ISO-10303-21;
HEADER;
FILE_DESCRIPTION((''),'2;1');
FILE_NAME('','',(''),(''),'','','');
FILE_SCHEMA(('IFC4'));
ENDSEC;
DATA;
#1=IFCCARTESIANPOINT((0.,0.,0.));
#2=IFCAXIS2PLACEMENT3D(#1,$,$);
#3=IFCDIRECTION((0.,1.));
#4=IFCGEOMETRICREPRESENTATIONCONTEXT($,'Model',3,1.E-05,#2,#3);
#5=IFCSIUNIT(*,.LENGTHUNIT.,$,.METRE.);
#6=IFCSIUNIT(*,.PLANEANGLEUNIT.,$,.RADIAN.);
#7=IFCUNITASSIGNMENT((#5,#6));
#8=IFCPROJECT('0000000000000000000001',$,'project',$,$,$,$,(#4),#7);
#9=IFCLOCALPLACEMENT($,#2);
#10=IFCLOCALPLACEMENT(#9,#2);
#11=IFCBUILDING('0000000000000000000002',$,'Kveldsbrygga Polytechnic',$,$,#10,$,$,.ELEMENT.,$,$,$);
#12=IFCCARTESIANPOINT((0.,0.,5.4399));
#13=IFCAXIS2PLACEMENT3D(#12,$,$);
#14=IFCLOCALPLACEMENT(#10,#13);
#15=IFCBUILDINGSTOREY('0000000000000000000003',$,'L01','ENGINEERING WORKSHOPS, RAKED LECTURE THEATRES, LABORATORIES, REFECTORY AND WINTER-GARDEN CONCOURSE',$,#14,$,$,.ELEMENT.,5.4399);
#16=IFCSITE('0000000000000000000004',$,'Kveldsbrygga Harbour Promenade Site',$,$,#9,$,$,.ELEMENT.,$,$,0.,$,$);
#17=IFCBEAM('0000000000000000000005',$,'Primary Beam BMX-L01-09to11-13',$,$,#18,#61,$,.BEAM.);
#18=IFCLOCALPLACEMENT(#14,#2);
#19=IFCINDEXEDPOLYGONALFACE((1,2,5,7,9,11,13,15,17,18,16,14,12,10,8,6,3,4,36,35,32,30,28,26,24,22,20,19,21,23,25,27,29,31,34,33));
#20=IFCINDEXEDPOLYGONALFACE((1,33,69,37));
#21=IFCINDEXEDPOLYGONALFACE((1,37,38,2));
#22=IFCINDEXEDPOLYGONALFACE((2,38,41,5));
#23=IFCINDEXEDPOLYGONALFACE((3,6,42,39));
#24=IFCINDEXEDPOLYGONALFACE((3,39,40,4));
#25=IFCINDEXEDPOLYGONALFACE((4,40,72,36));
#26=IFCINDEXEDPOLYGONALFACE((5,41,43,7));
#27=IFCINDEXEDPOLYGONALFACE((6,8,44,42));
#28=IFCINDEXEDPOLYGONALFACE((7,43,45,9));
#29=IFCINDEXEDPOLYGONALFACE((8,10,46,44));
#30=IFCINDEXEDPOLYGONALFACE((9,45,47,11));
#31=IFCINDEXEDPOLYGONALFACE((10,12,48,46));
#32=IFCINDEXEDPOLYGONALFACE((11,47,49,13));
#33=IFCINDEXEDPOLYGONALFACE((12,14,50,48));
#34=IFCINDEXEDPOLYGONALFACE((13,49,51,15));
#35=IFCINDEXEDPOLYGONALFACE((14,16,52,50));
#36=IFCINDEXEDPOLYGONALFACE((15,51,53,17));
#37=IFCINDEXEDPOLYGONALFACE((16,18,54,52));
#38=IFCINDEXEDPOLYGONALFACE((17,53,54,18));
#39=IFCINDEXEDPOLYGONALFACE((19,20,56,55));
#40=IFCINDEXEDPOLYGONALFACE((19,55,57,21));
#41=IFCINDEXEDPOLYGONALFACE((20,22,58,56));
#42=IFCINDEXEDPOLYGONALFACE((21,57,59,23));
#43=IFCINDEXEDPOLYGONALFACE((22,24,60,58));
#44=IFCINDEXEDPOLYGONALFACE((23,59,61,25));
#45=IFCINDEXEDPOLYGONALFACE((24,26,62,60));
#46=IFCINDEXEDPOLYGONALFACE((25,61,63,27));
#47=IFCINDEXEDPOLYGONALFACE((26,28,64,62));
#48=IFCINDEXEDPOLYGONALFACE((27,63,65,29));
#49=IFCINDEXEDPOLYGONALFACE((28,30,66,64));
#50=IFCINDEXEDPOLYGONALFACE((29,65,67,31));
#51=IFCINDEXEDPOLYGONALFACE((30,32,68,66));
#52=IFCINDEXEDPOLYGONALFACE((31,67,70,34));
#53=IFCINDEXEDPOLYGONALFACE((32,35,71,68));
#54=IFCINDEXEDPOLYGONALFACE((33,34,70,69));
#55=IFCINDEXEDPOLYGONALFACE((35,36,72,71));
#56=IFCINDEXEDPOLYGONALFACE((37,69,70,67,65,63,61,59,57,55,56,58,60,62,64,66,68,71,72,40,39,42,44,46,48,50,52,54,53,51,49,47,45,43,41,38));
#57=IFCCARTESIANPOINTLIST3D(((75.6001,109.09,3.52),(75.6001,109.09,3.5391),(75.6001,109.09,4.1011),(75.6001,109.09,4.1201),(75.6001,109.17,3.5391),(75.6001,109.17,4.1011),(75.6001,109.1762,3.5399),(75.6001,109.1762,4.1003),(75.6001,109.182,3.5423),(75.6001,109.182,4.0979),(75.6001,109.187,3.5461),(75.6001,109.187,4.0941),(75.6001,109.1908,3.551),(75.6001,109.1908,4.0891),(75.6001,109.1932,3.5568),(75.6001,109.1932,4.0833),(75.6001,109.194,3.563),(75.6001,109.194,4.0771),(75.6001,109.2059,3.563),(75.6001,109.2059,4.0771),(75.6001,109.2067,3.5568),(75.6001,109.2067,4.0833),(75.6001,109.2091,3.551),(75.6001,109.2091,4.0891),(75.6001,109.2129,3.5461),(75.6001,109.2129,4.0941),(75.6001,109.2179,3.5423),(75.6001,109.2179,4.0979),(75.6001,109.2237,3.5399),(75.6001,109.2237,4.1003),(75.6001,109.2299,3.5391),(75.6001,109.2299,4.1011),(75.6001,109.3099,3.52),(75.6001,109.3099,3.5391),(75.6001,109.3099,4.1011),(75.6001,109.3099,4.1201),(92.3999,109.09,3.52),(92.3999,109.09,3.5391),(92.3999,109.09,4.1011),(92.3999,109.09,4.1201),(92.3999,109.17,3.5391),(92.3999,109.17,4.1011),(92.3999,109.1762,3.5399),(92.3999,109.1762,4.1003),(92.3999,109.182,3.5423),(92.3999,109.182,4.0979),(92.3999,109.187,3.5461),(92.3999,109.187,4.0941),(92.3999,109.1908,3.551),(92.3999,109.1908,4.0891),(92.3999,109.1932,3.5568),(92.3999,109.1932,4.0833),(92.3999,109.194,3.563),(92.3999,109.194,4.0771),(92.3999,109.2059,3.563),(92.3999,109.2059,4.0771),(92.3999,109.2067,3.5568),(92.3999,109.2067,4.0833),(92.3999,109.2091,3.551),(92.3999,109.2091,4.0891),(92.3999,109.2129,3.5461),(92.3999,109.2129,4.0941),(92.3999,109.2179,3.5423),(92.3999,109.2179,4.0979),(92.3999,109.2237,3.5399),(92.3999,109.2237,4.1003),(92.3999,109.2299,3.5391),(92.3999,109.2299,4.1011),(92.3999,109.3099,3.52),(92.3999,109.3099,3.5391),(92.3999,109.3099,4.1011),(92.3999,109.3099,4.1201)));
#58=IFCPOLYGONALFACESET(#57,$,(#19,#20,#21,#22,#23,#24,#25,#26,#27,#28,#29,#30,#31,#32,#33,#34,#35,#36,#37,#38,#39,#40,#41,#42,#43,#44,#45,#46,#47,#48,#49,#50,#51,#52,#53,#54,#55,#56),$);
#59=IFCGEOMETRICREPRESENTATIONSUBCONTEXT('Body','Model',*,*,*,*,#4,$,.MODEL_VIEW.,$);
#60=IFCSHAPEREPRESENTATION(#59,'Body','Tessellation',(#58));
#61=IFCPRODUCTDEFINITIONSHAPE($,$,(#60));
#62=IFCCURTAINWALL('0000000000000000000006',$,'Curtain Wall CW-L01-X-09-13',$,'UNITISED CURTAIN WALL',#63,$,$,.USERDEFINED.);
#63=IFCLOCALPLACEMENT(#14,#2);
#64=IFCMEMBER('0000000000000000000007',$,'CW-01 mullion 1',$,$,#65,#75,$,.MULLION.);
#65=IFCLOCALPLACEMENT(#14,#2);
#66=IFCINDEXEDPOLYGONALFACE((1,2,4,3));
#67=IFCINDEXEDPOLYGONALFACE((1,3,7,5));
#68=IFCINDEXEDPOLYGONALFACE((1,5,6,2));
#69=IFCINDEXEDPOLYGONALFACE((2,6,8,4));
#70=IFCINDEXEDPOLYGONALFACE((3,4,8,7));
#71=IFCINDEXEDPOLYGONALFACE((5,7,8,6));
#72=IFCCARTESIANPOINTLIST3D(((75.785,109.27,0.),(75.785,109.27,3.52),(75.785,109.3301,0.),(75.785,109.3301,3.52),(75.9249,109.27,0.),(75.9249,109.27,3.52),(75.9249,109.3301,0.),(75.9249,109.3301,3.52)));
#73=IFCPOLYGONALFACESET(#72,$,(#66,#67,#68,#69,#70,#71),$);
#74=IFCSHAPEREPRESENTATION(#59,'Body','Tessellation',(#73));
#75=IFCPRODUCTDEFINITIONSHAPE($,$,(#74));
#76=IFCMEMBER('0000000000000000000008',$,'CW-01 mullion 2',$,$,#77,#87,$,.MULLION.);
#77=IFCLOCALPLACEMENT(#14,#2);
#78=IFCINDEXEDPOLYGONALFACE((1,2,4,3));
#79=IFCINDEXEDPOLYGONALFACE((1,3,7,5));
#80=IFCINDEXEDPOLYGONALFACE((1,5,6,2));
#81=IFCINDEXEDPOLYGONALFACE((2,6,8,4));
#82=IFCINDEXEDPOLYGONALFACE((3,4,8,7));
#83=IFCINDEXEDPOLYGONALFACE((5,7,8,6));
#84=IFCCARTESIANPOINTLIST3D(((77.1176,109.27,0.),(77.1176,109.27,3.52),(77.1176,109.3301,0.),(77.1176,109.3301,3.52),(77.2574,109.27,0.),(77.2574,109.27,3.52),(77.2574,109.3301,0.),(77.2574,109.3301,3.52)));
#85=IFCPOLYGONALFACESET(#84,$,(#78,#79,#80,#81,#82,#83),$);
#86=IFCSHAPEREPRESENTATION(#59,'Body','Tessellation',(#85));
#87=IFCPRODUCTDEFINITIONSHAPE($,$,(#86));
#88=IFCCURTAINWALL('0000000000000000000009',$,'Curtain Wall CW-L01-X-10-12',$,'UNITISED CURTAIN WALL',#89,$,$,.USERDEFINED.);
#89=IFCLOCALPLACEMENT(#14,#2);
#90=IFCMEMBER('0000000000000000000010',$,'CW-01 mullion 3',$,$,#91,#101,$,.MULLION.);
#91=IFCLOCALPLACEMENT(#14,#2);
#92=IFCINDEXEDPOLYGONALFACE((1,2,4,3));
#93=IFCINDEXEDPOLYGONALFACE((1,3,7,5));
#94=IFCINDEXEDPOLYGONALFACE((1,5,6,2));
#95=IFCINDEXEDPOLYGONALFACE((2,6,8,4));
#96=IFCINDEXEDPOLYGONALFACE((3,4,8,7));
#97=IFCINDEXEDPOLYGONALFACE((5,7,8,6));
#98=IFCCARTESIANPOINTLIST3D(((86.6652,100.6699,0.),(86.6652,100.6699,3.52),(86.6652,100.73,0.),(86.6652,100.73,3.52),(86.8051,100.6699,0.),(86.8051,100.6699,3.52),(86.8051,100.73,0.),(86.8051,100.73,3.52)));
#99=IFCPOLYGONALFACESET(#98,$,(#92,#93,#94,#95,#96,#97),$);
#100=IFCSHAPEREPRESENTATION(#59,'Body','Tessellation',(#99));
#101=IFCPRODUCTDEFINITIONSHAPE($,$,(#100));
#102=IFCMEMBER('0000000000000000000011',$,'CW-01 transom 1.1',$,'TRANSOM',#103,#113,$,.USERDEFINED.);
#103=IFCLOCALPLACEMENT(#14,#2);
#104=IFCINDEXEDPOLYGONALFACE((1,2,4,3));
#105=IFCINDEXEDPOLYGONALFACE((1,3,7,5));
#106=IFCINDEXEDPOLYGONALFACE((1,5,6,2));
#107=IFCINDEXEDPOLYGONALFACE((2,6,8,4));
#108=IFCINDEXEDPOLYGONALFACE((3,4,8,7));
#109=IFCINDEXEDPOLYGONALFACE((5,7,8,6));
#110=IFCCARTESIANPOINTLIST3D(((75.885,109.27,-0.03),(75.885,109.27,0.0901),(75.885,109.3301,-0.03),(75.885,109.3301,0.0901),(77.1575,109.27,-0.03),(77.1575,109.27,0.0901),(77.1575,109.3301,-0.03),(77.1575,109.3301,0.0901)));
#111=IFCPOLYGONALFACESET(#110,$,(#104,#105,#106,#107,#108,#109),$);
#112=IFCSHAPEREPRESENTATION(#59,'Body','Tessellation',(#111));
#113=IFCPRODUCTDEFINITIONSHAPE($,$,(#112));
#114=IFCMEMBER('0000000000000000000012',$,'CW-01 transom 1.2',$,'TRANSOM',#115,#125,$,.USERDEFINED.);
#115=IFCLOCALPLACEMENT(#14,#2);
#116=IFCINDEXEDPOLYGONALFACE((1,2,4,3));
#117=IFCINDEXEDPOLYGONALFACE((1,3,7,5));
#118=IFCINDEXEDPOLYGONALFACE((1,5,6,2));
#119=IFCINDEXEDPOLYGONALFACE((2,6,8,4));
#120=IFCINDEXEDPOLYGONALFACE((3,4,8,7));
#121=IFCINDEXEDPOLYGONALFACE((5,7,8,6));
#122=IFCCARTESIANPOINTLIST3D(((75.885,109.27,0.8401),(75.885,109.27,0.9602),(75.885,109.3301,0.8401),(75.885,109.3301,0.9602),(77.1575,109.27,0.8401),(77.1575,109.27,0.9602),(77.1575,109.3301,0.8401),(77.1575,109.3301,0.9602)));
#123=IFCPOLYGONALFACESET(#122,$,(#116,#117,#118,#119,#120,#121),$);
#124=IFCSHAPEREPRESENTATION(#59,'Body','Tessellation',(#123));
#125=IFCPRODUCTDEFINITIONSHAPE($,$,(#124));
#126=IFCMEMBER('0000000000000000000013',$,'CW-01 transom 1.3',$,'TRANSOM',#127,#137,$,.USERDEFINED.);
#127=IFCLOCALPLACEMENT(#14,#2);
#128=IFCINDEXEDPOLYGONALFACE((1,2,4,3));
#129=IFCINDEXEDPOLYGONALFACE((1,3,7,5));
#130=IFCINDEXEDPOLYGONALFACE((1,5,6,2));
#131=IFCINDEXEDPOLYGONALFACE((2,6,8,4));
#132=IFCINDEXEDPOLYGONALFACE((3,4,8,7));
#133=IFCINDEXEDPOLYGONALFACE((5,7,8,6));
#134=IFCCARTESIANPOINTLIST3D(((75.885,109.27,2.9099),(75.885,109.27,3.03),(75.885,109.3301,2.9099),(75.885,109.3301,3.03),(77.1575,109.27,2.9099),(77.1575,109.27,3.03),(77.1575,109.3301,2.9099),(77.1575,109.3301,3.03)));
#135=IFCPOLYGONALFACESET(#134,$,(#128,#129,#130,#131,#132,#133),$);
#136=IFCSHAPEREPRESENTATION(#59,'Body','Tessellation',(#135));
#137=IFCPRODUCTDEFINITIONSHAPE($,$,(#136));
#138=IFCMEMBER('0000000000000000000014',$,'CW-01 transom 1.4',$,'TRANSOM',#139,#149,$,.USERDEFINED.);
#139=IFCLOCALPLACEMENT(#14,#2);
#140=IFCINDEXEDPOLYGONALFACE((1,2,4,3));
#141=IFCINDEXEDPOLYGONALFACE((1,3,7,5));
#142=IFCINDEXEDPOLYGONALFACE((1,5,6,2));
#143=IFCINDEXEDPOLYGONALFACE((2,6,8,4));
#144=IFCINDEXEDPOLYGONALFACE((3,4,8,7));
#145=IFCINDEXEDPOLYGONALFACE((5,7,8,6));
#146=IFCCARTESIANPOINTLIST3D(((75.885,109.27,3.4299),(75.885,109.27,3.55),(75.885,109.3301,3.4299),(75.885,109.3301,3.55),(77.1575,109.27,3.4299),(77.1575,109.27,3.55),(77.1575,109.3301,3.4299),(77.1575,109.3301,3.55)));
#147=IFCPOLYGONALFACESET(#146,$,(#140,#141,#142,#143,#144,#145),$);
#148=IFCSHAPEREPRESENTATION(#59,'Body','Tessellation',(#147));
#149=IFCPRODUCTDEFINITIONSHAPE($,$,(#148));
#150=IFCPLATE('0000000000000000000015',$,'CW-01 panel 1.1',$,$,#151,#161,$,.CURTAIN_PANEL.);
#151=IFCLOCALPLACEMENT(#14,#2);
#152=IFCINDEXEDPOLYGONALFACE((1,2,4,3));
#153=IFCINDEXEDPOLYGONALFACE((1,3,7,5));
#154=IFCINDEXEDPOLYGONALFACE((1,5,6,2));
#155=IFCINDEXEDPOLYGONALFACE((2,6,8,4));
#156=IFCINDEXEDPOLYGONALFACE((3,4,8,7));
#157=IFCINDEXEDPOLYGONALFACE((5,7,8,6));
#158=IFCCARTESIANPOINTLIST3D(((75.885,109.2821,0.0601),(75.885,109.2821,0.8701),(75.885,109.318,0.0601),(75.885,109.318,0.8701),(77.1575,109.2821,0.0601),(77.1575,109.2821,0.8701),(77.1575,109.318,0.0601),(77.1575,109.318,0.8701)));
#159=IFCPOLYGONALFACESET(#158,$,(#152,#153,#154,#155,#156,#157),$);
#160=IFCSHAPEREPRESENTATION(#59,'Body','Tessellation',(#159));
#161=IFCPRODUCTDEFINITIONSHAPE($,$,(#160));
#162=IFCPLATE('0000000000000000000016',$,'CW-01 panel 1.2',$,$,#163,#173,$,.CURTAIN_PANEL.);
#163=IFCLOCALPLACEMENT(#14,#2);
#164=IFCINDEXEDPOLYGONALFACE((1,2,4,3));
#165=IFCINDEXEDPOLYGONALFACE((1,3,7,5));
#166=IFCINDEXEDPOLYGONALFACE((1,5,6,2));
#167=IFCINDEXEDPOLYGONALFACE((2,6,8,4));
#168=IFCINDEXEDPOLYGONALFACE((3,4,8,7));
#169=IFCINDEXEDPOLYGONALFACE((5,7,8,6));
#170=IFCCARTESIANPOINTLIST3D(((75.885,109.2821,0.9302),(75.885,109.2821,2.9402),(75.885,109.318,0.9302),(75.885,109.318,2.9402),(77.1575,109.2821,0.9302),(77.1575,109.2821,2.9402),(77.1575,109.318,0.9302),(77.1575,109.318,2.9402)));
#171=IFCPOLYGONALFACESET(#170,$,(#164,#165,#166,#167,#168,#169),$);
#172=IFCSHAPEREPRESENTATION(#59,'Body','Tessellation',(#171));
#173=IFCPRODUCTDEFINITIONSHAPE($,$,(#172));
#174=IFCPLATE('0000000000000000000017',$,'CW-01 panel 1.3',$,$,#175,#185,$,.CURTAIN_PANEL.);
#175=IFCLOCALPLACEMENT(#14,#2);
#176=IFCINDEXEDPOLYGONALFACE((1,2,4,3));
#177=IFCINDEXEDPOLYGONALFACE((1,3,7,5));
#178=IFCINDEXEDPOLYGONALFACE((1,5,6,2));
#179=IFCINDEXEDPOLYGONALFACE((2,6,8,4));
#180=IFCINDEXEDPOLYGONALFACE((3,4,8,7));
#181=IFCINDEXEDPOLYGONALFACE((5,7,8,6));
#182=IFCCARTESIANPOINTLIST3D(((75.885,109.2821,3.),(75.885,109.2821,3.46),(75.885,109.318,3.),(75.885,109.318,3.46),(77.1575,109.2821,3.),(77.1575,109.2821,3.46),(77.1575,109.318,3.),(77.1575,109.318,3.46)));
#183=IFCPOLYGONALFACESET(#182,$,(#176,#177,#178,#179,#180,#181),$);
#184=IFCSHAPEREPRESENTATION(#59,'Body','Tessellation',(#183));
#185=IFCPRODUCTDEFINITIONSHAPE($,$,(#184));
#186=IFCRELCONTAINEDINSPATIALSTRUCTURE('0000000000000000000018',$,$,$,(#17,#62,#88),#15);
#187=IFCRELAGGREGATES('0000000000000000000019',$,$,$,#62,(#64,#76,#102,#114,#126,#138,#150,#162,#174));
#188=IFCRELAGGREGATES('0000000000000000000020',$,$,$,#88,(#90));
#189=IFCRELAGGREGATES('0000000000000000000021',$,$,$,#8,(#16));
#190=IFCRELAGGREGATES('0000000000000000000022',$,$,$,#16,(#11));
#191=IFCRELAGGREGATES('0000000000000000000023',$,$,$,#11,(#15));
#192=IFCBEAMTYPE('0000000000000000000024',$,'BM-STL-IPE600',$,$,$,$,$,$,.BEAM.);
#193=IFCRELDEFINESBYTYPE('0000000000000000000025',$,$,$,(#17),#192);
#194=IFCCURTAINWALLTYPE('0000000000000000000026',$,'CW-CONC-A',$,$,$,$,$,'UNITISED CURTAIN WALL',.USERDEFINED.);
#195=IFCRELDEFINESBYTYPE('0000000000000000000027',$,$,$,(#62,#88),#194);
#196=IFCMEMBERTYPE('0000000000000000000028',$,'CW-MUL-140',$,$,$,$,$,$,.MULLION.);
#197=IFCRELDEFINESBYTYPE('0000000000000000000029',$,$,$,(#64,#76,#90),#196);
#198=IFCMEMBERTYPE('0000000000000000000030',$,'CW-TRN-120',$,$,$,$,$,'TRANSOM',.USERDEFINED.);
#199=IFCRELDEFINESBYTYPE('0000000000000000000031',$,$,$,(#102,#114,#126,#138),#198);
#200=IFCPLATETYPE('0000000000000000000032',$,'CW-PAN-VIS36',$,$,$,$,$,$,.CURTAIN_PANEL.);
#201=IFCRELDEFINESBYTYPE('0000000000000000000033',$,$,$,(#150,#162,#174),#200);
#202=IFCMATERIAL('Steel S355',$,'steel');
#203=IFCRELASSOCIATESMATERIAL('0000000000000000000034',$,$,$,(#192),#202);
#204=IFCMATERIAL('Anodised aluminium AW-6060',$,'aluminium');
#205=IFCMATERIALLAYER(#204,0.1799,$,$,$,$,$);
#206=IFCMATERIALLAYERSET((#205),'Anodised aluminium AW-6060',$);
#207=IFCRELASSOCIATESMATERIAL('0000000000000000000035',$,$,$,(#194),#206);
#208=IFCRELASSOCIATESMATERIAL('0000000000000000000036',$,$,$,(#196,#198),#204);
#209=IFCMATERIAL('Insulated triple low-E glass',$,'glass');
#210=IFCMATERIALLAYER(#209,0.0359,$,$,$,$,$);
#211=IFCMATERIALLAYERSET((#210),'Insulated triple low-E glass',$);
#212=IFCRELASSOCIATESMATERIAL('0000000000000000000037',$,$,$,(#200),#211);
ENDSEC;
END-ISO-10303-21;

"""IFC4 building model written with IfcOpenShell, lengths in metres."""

from ifc_helpers import new_model, si_unit, direction, frame, origin, origin_2d, place, context, subcontext, project, spatial, rectangle, i_section, extrude, material, layer, layer_set, material_profile, profile_set, type_object, element, aggregate, save


model = new_model("IFC4")

# Units and contexts
model_context = context("Model", 3, precision=1e-05, world=origin(), true_north=direction((0.0, 1.0)))
body_context = subcontext(model_context, "Body", "Model", "MODEL_VIEW")
ifc_project = project(units=[si_unit("LENGTHUNIT", "METRE"), si_unit("PLANEANGLEUNIT", "RADIAN")], contexts=[model_context])

# Site, building, storey
site_placement = place(None, origin())
site = spatial("IfcSite", under=ifc_project, at=site_placement, Name="Kveldsbrygga Harbour Promenade Site", CompositionType="ELEMENT", RefElevation=0.0)
building_placement = place(site_placement, origin())
building = spatial("IfcBuilding", under=site, at=building_placement, Name="Kveldsbrygga Polytechnic", CompositionType="ELEMENT")
storey_placement = place(building_placement, frame((0.0, 0.0, 5.4399)))
storey = spatial("IfcBuildingStorey", under=building, at=storey_placement, Name="L01", Description="ENGINEERING WORKSHOPS, RAKED LECTURE THEATRES, LABORATORIES, REFECTORY AND WINTER-GARDEN CONCOURSE", CompositionType="ELEMENT", Elevation=5.4399)

# Beam
ifc_material_1 = material(Name="Steel S355", Category="steel")
ifc_material_profile_1 = material_profile(ifc_material_1, i_section(OverallWidth=0.22, OverallDepth=0.6001, WebThickness=0.012, FlangeThickness=0.019, FilletRadius=0.0239, at=origin_2d()), Name="IPE 600")
ifc_profile_set_1 = profile_set([ifc_material_profile_1], Name="Steel S355")
beam_type_1 = type_object("IfcBeamType", Name="BM-STL-IPE600", PredefinedType="BEAM", material=ifc_profile_set_1)
for number, where, z_axis, x_axis, name in (
    (1, (75.6001, 109.2, 3.8201), (1.0, 0.0, 0.0), (0.0, 1.0, 0.0), "Primary Beam BMX-L01-09to11-13"),
):
    element("IfcBeam", number, at=place(storey_placement, frame(where, z_axis=z_axis, x_axis=x_axis)), inside=storey, type_object=beam_type_1, Name=name, PredefinedType="BEAM", context=body_context, shape_type="SweptSolid", body=[
        extrude(i_section(OverallWidth=0.22, OverallDepth=0.6001, WebThickness=0.012, FlangeThickness=0.019, FilletRadius=0.0239, at=origin_2d()), origin(), (0.0, 0.0, 1.0), 16.7998),
    ])

# Curtain wall, members
ifc_material_2 = material(Name="Anodised aluminium AW-6060", Category="aluminium")
ifc_layer_1 = layer(ifc_material_2, 0.1799)
ifc_layer_set_1 = layer_set([ifc_layer_1], Name="Anodised aluminium AW-6060")
curtain_wall_type = type_object("IfcCurtainWallType", Name="CW-CONC-A", ElementType="UNITISED CURTAIN WALL", PredefinedType="USERDEFINED", material=ifc_layer_set_1)
curtain_wall_1_placement = place(storey_placement, origin())
curtain_wall_1 = element("IfcCurtainWall", 2, at=curtain_wall_1_placement, inside=storey, type_object=curtain_wall_type, Name="Curtain Wall CW-L01-X-09-13", ObjectType="UNITISED CURTAIN WALL", PredefinedType="USERDEFINED")
ifc_material_profile_2 = material_profile(ifc_material_2, rectangle(XDim=0.0601, YDim=0.1399, at=origin_2d()), Name="ALU 60x140")
ifc_profile_set_2 = profile_set([ifc_material_profile_2], Name="Anodised aluminium AW-6060")
member_type_1 = type_object("IfcMemberType", Name="CW-MUL-140", PredefinedType="MULLION", material=ifc_profile_set_2)
member_1_placement = place(storey_placement, frame((75.855, 109.3, 0.0), z_axis=(0.0, 0.0, 1.0), x_axis=(0.0, 1.0, 0.0)))
member_1 = element("IfcMember", 3, at=member_1_placement, type_object=member_type_1, Name="CW-01 mullion 1", PredefinedType="MULLION", context=body_context, shape_type="SweptSolid", body=[
    extrude(rectangle(XDim=0.0601, YDim=0.1399, at=origin_2d()), origin(), (0.0, 0.0, 1.0), 3.52),
])
member_2_placement = place(storey_placement, frame((77.1875, 109.3, 0.0), z_axis=(0.0, 0.0, 1.0), x_axis=(0.0, 1.0, 0.0)))
member_2 = element("IfcMember", 4, at=member_2_placement, type_object=member_type_1, Name="CW-01 mullion 2", PredefinedType="MULLION", context=body_context, shape_type="SweptSolid", body=[
    extrude(rectangle(XDim=0.0601, YDim=0.1399, at=origin_2d()), origin(), (0.0, 0.0, 1.0), 3.52),
])

# Curtain wall, member
curtain_wall_2_placement = place(storey_placement, origin())
curtain_wall_2 = element("IfcCurtainWall", 5, at=curtain_wall_2_placement, inside=storey, type_object=curtain_wall_type, Name="Curtain Wall CW-L01-X-10-12", ObjectType="UNITISED CURTAIN WALL", PredefinedType="USERDEFINED")
member_3_placement = place(storey_placement, frame((86.7351, 100.7, 0.0), z_axis=(0.0, 0.0, 1.0), x_axis=(0.0, 1.0, 0.0)))
member_3 = element("IfcMember", 6, at=member_3_placement, type_object=member_type_1, Name="CW-01 mullion 3", PredefinedType="MULLION", context=body_context, shape_type="SweptSolid", body=[
    extrude(rectangle(XDim=0.0601, YDim=0.1399, at=origin_2d()), origin(), (0.0, 0.0, 1.0), 3.52),
])

# Members
ifc_material_profile_3 = material_profile(ifc_material_2, rectangle(XDim=0.0601, YDim=0.1201, at=origin_2d()), Name="ALU 60x120")
ifc_profile_set_3 = profile_set([ifc_material_profile_3], Name="Anodised aluminium AW-6060")
member_type_2 = type_object("IfcMemberType", Name="CW-TRN-120", ElementType="TRANSOM", PredefinedType="USERDEFINED", material=ifc_profile_set_3)
member_4_placement = place(storey_placement, frame((75.885, 109.3, 0.03), z_axis=(1.0, 0.0, 0.0), x_axis=(0.0, 1.0, 0.0)))
member_4 = element("IfcMember", 7, at=member_4_placement, type_object=member_type_2, Name="CW-01 transom 1.1", ObjectType="TRANSOM", PredefinedType="USERDEFINED", context=body_context, shape_type="SweptSolid", body=[
    extrude(rectangle(XDim=0.0601, YDim=0.1201, at=origin_2d()), origin(), (0.0, 0.0, 1.0), 1.2725),
])
member_5_placement = place(storey_placement, frame((75.885, 109.3, 0.9001), z_axis=(1.0, 0.0, 0.0), x_axis=(0.0, 1.0, 0.0)))
member_5 = element("IfcMember", 8, at=member_5_placement, type_object=member_type_2, Name="CW-01 transom 1.2", ObjectType="TRANSOM", PredefinedType="USERDEFINED", context=body_context, shape_type="SweptSolid", body=[
    extrude(rectangle(XDim=0.0601, YDim=0.1201, at=origin_2d()), origin(), (0.0, 0.0, 1.0), 1.2725),
])
member_6_placement = place(storey_placement, frame((75.885, 109.3, 2.97), z_axis=(1.0, 0.0, 0.0), x_axis=(0.0, 1.0, 0.0)))
member_6 = element("IfcMember", 9, at=member_6_placement, type_object=member_type_2, Name="CW-01 transom 1.3", ObjectType="TRANSOM", PredefinedType="USERDEFINED", context=body_context, shape_type="SweptSolid", body=[
    extrude(rectangle(XDim=0.0601, YDim=0.1201, at=origin_2d()), origin(), (0.0, 0.0, 1.0), 1.2725),
])
member_7_placement = place(storey_placement, frame((75.885, 109.3, 3.49), z_axis=(1.0, 0.0, 0.0), x_axis=(0.0, 1.0, 0.0)))
member_7 = element("IfcMember", 10, at=member_7_placement, type_object=member_type_2, Name="CW-01 transom 1.4", ObjectType="TRANSOM", PredefinedType="USERDEFINED", context=body_context, shape_type="SweptSolid", body=[
    extrude(rectangle(XDim=0.0601, YDim=0.1201, at=origin_2d()), origin(), (0.0, 0.0, 1.0), 1.2725),
])

# Plates
ifc_material_3 = material(Name="Insulated triple low-E glass", Category="glass")
ifc_layer_2 = layer(ifc_material_3, 0.0359)
ifc_layer_set_2 = layer_set([ifc_layer_2], Name="Insulated triple low-E glass")
plate_type = type_object("IfcPlateType", Name="CW-PAN-VIS36", PredefinedType="CURTAIN_PANEL", material=ifc_layer_set_2)
plate_1_placement = place(storey_placement, frame((76.5212, 109.3, 0.0601), z_axis=(0.0, 0.0, 1.0), x_axis=(1.0, 0.0, 0.0)))
plate_1 = element("IfcPlate", 11, at=plate_1_placement, type_object=plate_type, Name="CW-01 panel 1.1", PredefinedType="CURTAIN_PANEL", context=body_context, shape_type="SweptSolid", body=[
    extrude(rectangle(XDim=1.2725, YDim=0.0359, at=origin_2d()), origin(), (0.0, 0.0, 1.0), 0.8101),
])
plate_2_placement = place(storey_placement, frame((76.5212, 109.3, 0.9302), z_axis=(0.0, 0.0, 1.0), x_axis=(1.0, 0.0, 0.0)))
plate_2 = element("IfcPlate", 12, at=plate_2_placement, type_object=plate_type, Name="CW-01 panel 1.2", PredefinedType="CURTAIN_PANEL", context=body_context, shape_type="SweptSolid", body=[
    extrude(rectangle(XDim=1.2725, YDim=0.0359, at=origin_2d()), origin(), (0.0, 0.0, 1.0), 2.01),
])
plate_3_placement = place(storey_placement, frame((76.5212, 109.3, 3.0), z_axis=(0.0, 0.0, 1.0), x_axis=(1.0, 0.0, 0.0)))
plate_3 = element("IfcPlate", 13, at=plate_3_placement, type_object=plate_type, Name="CW-01 panel 1.3", PredefinedType="CURTAIN_PANEL", context=body_context, shape_type="SweptSolid", body=[
    extrude(rectangle(XDim=1.2725, YDim=0.0359, at=origin_2d()), origin(), (0.0, 0.0, 1.0), 0.46),
])
aggregate(curtain_wall_1, [member_1, member_2, member_4, member_5, member_6, member_7, plate_1, plate_2, plate_3])
aggregate(curtain_wall_2, [member_3])

save(model, "model.ifc")
